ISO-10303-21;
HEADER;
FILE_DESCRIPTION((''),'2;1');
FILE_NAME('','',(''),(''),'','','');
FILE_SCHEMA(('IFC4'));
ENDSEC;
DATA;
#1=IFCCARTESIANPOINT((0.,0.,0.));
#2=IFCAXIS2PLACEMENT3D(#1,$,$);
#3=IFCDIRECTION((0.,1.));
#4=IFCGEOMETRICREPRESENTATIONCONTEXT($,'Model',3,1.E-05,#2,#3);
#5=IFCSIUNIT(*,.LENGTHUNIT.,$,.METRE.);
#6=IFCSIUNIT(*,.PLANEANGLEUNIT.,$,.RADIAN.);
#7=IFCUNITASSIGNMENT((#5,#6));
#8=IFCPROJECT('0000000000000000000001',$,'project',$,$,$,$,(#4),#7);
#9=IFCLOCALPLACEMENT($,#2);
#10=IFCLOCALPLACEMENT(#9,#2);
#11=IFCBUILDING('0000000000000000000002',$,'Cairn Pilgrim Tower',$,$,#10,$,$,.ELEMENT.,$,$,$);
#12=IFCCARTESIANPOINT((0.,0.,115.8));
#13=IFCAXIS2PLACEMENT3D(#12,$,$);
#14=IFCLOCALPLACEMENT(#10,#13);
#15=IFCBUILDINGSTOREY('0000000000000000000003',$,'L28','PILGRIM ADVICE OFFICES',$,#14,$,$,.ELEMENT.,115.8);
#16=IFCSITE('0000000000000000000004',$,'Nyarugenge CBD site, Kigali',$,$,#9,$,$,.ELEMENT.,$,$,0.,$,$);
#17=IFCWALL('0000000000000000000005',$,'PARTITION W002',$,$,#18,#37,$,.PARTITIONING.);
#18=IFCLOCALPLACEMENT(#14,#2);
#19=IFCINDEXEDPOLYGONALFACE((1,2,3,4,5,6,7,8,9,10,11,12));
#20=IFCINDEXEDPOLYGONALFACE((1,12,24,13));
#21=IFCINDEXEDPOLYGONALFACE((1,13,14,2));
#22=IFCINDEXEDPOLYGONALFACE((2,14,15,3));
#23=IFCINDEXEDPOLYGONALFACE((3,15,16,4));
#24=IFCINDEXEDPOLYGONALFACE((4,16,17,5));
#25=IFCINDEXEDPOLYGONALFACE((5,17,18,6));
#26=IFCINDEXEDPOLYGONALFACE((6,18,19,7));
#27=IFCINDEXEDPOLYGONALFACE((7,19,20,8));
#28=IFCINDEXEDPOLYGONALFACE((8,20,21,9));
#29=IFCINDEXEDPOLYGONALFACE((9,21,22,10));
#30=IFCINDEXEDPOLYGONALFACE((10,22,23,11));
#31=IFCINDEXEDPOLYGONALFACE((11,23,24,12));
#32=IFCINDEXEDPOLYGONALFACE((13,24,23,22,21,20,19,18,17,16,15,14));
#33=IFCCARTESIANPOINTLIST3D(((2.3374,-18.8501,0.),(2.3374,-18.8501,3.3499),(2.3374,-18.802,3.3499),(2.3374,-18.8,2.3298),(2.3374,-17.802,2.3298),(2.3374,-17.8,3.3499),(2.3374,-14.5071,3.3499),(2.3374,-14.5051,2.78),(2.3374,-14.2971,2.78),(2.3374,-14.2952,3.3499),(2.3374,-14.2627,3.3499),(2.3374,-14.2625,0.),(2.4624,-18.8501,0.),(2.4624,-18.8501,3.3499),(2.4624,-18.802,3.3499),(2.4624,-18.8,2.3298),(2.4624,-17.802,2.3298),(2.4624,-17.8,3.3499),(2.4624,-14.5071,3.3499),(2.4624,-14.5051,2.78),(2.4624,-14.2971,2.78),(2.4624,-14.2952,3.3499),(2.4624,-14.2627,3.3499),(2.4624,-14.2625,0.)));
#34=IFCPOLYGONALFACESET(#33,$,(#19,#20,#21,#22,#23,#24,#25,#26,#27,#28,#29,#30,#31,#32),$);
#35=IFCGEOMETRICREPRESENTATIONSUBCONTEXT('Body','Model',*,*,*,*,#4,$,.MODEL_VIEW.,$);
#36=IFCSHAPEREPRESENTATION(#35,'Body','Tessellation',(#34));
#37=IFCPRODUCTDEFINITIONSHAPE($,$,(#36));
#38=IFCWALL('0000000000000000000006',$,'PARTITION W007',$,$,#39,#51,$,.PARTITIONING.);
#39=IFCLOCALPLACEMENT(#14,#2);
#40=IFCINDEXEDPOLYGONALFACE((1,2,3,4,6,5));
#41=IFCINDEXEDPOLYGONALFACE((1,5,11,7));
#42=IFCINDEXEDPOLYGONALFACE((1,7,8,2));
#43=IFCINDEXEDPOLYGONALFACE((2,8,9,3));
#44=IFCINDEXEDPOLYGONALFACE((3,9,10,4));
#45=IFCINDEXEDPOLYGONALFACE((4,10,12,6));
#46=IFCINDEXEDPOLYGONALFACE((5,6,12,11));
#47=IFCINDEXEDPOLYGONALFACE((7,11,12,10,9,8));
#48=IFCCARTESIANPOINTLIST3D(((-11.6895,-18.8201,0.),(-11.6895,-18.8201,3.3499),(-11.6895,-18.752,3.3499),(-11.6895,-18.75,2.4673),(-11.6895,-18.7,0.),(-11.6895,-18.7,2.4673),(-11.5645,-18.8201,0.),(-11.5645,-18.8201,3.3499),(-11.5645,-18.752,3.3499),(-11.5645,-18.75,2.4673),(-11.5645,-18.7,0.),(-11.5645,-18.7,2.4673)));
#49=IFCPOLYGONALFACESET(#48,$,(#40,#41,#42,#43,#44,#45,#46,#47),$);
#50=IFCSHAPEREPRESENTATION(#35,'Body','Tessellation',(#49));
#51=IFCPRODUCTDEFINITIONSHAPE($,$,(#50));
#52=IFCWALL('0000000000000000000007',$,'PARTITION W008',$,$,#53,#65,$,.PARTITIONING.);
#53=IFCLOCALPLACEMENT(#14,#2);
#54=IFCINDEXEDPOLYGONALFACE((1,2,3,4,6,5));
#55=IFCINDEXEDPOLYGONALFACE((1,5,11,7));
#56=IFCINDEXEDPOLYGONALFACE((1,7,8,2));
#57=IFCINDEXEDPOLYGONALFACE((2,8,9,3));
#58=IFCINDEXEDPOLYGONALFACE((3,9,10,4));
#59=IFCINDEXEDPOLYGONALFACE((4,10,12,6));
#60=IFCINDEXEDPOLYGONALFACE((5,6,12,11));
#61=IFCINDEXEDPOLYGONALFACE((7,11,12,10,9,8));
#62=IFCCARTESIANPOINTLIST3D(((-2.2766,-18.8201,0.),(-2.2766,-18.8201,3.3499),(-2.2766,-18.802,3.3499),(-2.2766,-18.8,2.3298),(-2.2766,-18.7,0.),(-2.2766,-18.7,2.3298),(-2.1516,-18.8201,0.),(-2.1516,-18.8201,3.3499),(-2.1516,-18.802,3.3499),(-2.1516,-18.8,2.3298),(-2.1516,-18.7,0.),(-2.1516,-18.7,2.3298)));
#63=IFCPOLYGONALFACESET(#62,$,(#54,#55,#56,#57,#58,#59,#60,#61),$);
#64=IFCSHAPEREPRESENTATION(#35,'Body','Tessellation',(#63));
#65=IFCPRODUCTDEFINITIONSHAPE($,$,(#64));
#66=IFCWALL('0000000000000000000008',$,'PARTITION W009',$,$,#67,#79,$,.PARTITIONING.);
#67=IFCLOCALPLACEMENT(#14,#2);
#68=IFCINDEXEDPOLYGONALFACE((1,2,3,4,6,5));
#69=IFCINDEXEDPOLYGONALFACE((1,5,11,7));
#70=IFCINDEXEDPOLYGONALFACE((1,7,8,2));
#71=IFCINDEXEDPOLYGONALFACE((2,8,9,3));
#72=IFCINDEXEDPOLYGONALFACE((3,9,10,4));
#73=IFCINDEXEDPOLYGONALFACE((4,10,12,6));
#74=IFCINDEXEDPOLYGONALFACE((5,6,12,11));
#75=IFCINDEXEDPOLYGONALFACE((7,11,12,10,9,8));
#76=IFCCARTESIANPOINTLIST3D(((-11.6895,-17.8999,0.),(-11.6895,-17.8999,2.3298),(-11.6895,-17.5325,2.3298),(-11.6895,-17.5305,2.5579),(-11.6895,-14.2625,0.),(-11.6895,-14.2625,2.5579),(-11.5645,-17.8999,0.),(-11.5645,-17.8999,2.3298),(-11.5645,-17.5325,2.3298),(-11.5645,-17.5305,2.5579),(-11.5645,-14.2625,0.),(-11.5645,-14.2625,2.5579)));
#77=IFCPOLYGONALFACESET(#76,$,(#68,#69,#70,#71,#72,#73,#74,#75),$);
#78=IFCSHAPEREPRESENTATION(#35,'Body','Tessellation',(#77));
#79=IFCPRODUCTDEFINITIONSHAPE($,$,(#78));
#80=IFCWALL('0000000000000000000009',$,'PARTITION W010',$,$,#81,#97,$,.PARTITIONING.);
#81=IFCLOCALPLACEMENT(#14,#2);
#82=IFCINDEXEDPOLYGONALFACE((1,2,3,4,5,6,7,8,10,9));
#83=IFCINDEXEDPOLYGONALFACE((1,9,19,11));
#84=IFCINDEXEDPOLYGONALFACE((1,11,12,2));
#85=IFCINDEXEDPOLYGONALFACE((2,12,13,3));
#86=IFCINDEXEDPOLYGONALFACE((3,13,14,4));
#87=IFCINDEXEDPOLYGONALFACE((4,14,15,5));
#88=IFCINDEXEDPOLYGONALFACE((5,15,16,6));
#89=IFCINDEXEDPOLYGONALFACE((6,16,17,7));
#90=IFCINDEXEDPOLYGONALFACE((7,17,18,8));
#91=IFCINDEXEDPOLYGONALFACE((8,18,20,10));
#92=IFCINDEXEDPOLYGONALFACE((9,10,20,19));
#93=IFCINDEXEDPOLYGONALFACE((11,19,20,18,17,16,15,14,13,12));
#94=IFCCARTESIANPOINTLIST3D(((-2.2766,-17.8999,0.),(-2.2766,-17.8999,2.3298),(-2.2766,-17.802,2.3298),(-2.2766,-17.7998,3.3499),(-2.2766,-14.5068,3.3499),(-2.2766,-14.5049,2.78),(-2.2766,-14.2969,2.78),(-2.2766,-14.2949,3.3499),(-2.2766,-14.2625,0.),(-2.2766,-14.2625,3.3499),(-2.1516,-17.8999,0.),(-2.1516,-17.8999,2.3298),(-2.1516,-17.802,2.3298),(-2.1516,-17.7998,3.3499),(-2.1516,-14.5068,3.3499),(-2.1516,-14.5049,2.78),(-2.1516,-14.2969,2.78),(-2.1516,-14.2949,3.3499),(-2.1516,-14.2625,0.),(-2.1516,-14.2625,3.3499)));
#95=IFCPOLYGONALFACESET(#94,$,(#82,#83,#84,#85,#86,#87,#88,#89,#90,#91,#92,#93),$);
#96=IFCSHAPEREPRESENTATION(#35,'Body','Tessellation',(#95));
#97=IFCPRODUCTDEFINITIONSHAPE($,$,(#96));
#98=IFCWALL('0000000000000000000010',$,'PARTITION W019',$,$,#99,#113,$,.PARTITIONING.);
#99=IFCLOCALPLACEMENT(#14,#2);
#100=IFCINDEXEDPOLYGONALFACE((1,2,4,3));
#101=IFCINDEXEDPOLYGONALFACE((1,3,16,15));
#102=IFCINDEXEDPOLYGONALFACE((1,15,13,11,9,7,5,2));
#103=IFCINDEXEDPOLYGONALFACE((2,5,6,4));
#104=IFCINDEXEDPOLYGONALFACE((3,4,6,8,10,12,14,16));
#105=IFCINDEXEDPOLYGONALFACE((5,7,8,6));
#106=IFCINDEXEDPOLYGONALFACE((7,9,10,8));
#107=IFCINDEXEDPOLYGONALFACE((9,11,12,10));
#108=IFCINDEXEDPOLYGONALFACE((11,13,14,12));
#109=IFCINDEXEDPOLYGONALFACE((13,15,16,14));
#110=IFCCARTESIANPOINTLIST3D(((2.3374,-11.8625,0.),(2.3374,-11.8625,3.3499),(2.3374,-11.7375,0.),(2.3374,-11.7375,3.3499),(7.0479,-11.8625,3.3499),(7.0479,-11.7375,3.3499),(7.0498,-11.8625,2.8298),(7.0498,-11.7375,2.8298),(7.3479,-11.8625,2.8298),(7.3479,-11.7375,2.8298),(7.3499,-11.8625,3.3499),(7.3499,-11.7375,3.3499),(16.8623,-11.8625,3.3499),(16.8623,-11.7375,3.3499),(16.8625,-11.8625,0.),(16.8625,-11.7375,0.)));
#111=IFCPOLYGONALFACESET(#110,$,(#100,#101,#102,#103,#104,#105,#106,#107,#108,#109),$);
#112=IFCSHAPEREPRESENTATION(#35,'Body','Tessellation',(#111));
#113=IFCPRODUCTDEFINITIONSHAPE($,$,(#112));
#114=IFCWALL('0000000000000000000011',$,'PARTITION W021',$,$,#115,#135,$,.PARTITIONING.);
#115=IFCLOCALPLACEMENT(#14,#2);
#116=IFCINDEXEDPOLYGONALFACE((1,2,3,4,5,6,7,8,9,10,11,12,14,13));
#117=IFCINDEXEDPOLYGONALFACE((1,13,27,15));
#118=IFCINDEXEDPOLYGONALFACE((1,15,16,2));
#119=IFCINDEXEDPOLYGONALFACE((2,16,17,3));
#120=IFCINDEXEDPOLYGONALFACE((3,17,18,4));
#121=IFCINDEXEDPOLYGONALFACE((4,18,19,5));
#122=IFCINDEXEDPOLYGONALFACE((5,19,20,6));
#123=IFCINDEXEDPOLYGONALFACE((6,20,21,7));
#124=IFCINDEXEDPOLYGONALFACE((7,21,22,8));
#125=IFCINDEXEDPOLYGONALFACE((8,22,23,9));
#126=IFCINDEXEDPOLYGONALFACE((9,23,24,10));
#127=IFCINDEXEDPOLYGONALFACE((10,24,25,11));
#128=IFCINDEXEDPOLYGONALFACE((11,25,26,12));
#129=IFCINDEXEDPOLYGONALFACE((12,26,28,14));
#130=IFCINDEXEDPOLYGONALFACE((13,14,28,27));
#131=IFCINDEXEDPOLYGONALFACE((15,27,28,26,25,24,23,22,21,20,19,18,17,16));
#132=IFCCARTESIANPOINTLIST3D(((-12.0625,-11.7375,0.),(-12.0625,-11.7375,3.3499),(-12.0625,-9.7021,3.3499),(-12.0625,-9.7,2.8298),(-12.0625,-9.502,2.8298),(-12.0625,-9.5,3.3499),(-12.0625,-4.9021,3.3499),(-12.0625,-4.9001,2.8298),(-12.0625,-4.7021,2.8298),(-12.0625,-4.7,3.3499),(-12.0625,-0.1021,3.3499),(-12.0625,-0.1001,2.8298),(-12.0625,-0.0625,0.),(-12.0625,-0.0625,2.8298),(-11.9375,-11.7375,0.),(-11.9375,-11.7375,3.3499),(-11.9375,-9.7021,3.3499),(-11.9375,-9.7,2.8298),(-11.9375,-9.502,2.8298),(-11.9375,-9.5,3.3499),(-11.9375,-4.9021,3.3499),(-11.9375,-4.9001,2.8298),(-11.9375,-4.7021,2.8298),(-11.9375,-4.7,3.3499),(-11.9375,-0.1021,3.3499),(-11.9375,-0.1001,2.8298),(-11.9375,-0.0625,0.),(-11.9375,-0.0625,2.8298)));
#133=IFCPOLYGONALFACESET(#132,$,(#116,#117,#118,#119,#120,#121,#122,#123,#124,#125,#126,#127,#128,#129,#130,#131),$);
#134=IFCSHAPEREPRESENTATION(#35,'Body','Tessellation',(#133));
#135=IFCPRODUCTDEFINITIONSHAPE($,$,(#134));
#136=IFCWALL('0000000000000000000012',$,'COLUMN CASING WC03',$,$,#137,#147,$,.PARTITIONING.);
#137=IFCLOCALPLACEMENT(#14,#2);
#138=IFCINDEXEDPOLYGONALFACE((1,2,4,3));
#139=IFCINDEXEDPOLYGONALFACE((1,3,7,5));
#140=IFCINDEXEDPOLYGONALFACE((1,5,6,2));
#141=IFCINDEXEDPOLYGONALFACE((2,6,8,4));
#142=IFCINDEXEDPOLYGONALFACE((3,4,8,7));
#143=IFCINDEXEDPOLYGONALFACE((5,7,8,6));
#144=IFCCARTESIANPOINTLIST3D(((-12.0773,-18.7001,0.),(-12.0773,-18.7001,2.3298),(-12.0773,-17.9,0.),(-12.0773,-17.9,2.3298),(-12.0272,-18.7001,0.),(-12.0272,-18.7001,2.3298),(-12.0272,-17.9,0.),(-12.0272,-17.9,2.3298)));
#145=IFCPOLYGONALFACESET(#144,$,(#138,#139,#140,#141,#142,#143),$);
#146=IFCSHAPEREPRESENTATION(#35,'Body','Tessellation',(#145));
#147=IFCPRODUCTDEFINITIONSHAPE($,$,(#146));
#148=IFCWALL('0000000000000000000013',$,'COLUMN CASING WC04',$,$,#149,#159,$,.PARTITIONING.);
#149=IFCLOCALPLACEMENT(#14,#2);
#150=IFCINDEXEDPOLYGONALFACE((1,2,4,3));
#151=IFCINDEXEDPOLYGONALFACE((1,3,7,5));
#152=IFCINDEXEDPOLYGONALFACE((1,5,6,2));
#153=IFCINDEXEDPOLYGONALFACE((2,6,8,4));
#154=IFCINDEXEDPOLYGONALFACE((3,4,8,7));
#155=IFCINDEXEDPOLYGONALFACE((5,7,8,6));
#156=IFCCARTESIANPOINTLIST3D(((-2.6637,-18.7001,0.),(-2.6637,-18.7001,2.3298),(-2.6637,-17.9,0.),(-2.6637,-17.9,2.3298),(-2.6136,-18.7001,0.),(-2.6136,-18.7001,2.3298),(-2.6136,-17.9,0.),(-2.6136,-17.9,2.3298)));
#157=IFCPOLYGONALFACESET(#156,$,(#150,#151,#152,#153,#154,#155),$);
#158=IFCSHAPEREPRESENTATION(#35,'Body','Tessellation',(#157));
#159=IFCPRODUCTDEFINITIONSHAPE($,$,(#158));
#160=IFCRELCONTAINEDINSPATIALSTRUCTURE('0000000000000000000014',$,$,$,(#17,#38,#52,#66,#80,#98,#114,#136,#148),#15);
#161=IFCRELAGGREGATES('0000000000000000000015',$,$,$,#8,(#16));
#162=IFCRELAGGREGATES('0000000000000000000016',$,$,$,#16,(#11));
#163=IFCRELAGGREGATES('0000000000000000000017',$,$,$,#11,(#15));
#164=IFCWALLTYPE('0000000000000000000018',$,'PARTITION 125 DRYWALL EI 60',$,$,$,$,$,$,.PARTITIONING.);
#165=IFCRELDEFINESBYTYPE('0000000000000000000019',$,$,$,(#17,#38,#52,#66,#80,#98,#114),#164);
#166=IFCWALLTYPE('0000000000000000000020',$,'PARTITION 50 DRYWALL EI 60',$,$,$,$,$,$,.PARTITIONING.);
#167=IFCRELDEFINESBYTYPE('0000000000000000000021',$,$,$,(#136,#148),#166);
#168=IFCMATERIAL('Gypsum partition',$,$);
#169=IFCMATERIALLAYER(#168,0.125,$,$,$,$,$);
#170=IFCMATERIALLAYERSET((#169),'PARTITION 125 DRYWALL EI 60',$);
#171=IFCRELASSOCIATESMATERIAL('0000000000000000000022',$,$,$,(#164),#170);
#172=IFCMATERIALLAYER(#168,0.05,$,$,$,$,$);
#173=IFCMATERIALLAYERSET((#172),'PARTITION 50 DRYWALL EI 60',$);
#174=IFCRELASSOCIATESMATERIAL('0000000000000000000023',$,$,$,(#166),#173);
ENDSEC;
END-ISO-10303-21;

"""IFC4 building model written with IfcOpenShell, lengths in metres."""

from ifc_helpers import new_model, si_unit, direction, frame, frame_2d, origin, place, context, subcontext, project, spatial, polyline, rectangle, outline, extrude, material, layer, layer_set, type_object, element, save


model = new_model("IFC4")

# Units and contexts
model_context = context("Model", 3, precision=1e-05, world=origin(), true_north=direction((0.0, 1.0)))
body_context = subcontext(model_context, "Body", "Model", "MODEL_VIEW")
ifc_project = project(units=[si_unit("LENGTHUNIT", "METRE"), si_unit("PLANEANGLEUNIT", "RADIAN")], contexts=[model_context])

# Site, building, storey
site_placement = place(None, origin())
site = spatial("IfcSite", under=ifc_project, at=site_placement, Name="Nyarugenge CBD site, Kigali", CompositionType="ELEMENT", RefElevation=0.0)
building_placement = place(site_placement, origin())
building = spatial("IfcBuilding", under=site, at=building_placement, Name="Cairn Pilgrim Tower", CompositionType="ELEMENT")
storey_placement = place(building_placement, frame((0.0, 0.0, 115.8)))
storey = spatial("IfcBuildingStorey", under=building, at=storey_placement, Name="L28", Description="PILGRIM ADVICE OFFICES", CompositionType="ELEMENT", Elevation=115.8)

# Walls
ifc_material_1 = material(Name="Gypsum partition")
ifc_layer_1 = layer(ifc_material_1, 0.125)
ifc_layer_set_1 = layer_set([ifc_layer_1], Name="PARTITION 125 DRYWALL EI 60")
wall_type_1 = type_object("IfcWallType", Name="PARTITION 125 DRYWALL EI 60", PredefinedType="PARTITIONING", material=ifc_layer_set_1)
wall_1_placement = place(storey_placement, frame((2.3999, -18.8501, 0.0), z_axis=(0.0, 0.0, 1.0), x_axis=(0.0, 1.0, 0.0)))
element("IfcWall", 1, at=wall_1_placement, inside=storey, type_object=wall_type_1, Name="PARTITION W002", PredefinedType="PARTITIONING", context=body_context, shape_type="SweptSolid", body=[
    extrude(outline(polyline([(0.0, 0.0), (4.5876, 0.0), (4.5874, 3.3499), (4.5549, 3.3499), (4.553, 2.78), (4.345, 2.78), (4.343, 3.3499), (1.05, 3.3499), (1.0481, 2.3298), (0.05, 2.3298), (0.0481, 3.3499), (0.0, 3.3499), (0.0, 0.0)])), frame((0.0, 0.0625, 0.0), z_axis=(0.0, -1.0, 0.0), x_axis=(1.0, 0.0, 0.0)), (0.0, 0.0, 1.0), 0.125),
])
wall_2_placement = place(storey_placement, frame((-11.627, -18.8201, 0.0), z_axis=(0.0, 0.0, 1.0), x_axis=(0.0, 1.0, 0.0)))
element("IfcWall", 2, at=wall_2_placement, inside=storey, type_object=wall_type_1, Name="PARTITION W007", PredefinedType="PARTITIONING", context=body_context, shape_type="SweptSolid", body=[
    extrude(outline(polyline([(0.0, 0.0), (0.1201, 0.0), (0.1201, 2.4673), (0.0701, 2.4673), (0.0681, 3.3499), (0.0, 3.3499), (0.0, 0.0)])), frame((0.0, 0.0625, 0.0), z_axis=(0.0, -1.0, 0.0), x_axis=(1.0, 0.0, 0.0)), (0.0, 0.0, 1.0), 0.125),
])
wall_3_placement = place(storey_placement, frame((-2.2141, -18.8201, 0.0), z_axis=(0.0, 0.0, 1.0), x_axis=(0.0, 1.0, 0.0)))
element("IfcWall", 3, at=wall_3_placement, inside=storey, type_object=wall_type_1, Name="PARTITION W008", PredefinedType="PARTITIONING", context=body_context, shape_type="SweptSolid", body=[
    extrude(outline(polyline([(0.0, 0.0), (0.1201, 0.0), (0.1201, 2.3298), (0.02, 2.3298), (0.0181, 3.3499), (0.0, 3.3499), (0.0, 0.0)])), frame((0.0, 0.0625, 0.0), z_axis=(0.0, -1.0, 0.0), x_axis=(1.0, 0.0, 0.0)), (0.0, 0.0, 1.0), 0.125),
])
wall_4_placement = place(storey_placement, frame((-11.627, -17.8999, 0.0), z_axis=(0.0, 0.0, 1.0), x_axis=(0.0, 1.0, 0.0)))
element("IfcWall", 4, at=wall_4_placement, inside=storey, type_object=wall_type_1, Name="PARTITION W009", PredefinedType="PARTITIONING", context=body_context, shape_type="SweptSolid", body=[
    extrude(outline(polyline([(0.0, 0.0), (3.6375, 0.0), (3.6375, 2.5579), (0.3694, 2.5579), (0.3674, 2.3298), (0.0, 2.3298), (0.0, 0.0)])), frame((0.0, 0.0625, 0.0), z_axis=(0.0, -1.0, 0.0), x_axis=(1.0, 0.0, 0.0)), (0.0, 0.0, 1.0), 0.125),
])
wall_5_placement = place(storey_placement, frame((-2.2141, -17.8999, 0.0), z_axis=(0.0, 0.0, 1.0), x_axis=(0.0, 1.0, 0.0)))
element("IfcWall", 5, at=wall_5_placement, inside=storey, type_object=wall_type_1, Name="PARTITION W010", PredefinedType="PARTITIONING", context=body_context, shape_type="SweptSolid", body=[
    extrude(outline(polyline([(0.0, 0.0), (3.6375, 0.0), (3.6375, 3.3499), (3.605, 3.3499), (3.603, 2.78), (3.395, 2.78), (3.3931, 3.3499), (0.1001, 3.3499), (0.0979, 2.3298), (0.0, 2.3298), (0.0, 0.0)])), frame((0.0, 0.0625, 0.0), z_axis=(0.0, -1.0, 0.0), x_axis=(1.0, 0.0, 0.0)), (0.0, 0.0, 1.0), 0.125),
])
wall_6_placement = place(storey_placement, frame((2.3374, -11.8, 0.0), z_axis=(0.0, 0.0, 1.0), x_axis=(1.0, 0.0, 0.0)))
element("IfcWall", 6, at=wall_6_placement, inside=storey, type_object=wall_type_1, Name="PARTITION W019", PredefinedType="PARTITIONING", context=body_context, shape_type="SweptSolid", body=[
    extrude(outline(polyline([(0.0, 0.0), (14.5251, 0.0), (14.5249, 3.3499), (5.0125, 3.3499), (5.0105, 2.8298), (4.7124, 2.8298), (4.7104, 3.3499), (0.0, 3.3499), (0.0, 0.0)])), frame((0.0, 0.0625, 0.0), z_axis=(0.0, -1.0, 0.0), x_axis=(1.0, 0.0, 0.0)), (0.0, 0.0, 1.0), 0.125),
])
wall_7_placement = place(storey_placement, frame((-12.0, -11.7375, 0.0), z_axis=(0.0, 0.0, 1.0), x_axis=(0.0, 1.0, 0.0)))
element("IfcWall", 7, at=wall_7_placement, inside=storey, type_object=wall_type_1, Name="PARTITION W021", PredefinedType="PARTITIONING", context=body_context, shape_type="SweptSolid", body=[
    extrude(outline(polyline([(0.0, 0.0), (11.675, 0.0), (11.675, 2.8298), (11.6375, 2.8298), (11.6355, 3.3499), (7.0376, 3.3499), (7.0354, 2.8298), (6.8374, 2.8298), (6.8354, 3.3499), (2.2375, 3.3499), (2.2356, 2.8298), (2.0376, 2.8298), (2.0354, 3.3499), (0.0, 3.3499), (0.0, 0.0)])), frame((0.0, 0.0625, 0.0), z_axis=(0.0, -1.0, 0.0), x_axis=(1.0, 0.0, 0.0)), (0.0, 0.0, 1.0), 0.125),
])
ifc_layer_2 = layer(ifc_material_1, 0.05)
ifc_layer_set_2 = layer_set([ifc_layer_2], Name="PARTITION 50 DRYWALL EI 60")
wall_type_2 = type_object("IfcWallType", Name="PARTITION 50 DRYWALL EI 60", PredefinedType="PARTITIONING", material=ifc_layer_set_2)
for number, where, z_axis, x_axis, name in (
    (8, (-12.0522, -18.7, 0.0), (0.0, 0.0, 1.0), (0.0, 1.0, 0.0), "COLUMN CASING WC03"),
    (9, (-2.6387, -18.7, 0.0), (0.0, 0.0, 1.0), (0.0, 1.0, 0.0), "COLUMN CASING WC04"),
):
    element("IfcWall", number, at=place(storey_placement, frame(where, z_axis=z_axis, x_axis=x_axis)), inside=storey, type_object=wall_type_2, Name=name, PredefinedType="PARTITIONING", context=body_context, shape_type="SweptSolid", body=[
        extrude(rectangle(XDim=0.8, YDim=0.05, at=frame_2d((0.3999, 0.0))), origin(), (0.0, 0.0, 1.0), 2.3298),
    ])

save(model, "model.ifc")
